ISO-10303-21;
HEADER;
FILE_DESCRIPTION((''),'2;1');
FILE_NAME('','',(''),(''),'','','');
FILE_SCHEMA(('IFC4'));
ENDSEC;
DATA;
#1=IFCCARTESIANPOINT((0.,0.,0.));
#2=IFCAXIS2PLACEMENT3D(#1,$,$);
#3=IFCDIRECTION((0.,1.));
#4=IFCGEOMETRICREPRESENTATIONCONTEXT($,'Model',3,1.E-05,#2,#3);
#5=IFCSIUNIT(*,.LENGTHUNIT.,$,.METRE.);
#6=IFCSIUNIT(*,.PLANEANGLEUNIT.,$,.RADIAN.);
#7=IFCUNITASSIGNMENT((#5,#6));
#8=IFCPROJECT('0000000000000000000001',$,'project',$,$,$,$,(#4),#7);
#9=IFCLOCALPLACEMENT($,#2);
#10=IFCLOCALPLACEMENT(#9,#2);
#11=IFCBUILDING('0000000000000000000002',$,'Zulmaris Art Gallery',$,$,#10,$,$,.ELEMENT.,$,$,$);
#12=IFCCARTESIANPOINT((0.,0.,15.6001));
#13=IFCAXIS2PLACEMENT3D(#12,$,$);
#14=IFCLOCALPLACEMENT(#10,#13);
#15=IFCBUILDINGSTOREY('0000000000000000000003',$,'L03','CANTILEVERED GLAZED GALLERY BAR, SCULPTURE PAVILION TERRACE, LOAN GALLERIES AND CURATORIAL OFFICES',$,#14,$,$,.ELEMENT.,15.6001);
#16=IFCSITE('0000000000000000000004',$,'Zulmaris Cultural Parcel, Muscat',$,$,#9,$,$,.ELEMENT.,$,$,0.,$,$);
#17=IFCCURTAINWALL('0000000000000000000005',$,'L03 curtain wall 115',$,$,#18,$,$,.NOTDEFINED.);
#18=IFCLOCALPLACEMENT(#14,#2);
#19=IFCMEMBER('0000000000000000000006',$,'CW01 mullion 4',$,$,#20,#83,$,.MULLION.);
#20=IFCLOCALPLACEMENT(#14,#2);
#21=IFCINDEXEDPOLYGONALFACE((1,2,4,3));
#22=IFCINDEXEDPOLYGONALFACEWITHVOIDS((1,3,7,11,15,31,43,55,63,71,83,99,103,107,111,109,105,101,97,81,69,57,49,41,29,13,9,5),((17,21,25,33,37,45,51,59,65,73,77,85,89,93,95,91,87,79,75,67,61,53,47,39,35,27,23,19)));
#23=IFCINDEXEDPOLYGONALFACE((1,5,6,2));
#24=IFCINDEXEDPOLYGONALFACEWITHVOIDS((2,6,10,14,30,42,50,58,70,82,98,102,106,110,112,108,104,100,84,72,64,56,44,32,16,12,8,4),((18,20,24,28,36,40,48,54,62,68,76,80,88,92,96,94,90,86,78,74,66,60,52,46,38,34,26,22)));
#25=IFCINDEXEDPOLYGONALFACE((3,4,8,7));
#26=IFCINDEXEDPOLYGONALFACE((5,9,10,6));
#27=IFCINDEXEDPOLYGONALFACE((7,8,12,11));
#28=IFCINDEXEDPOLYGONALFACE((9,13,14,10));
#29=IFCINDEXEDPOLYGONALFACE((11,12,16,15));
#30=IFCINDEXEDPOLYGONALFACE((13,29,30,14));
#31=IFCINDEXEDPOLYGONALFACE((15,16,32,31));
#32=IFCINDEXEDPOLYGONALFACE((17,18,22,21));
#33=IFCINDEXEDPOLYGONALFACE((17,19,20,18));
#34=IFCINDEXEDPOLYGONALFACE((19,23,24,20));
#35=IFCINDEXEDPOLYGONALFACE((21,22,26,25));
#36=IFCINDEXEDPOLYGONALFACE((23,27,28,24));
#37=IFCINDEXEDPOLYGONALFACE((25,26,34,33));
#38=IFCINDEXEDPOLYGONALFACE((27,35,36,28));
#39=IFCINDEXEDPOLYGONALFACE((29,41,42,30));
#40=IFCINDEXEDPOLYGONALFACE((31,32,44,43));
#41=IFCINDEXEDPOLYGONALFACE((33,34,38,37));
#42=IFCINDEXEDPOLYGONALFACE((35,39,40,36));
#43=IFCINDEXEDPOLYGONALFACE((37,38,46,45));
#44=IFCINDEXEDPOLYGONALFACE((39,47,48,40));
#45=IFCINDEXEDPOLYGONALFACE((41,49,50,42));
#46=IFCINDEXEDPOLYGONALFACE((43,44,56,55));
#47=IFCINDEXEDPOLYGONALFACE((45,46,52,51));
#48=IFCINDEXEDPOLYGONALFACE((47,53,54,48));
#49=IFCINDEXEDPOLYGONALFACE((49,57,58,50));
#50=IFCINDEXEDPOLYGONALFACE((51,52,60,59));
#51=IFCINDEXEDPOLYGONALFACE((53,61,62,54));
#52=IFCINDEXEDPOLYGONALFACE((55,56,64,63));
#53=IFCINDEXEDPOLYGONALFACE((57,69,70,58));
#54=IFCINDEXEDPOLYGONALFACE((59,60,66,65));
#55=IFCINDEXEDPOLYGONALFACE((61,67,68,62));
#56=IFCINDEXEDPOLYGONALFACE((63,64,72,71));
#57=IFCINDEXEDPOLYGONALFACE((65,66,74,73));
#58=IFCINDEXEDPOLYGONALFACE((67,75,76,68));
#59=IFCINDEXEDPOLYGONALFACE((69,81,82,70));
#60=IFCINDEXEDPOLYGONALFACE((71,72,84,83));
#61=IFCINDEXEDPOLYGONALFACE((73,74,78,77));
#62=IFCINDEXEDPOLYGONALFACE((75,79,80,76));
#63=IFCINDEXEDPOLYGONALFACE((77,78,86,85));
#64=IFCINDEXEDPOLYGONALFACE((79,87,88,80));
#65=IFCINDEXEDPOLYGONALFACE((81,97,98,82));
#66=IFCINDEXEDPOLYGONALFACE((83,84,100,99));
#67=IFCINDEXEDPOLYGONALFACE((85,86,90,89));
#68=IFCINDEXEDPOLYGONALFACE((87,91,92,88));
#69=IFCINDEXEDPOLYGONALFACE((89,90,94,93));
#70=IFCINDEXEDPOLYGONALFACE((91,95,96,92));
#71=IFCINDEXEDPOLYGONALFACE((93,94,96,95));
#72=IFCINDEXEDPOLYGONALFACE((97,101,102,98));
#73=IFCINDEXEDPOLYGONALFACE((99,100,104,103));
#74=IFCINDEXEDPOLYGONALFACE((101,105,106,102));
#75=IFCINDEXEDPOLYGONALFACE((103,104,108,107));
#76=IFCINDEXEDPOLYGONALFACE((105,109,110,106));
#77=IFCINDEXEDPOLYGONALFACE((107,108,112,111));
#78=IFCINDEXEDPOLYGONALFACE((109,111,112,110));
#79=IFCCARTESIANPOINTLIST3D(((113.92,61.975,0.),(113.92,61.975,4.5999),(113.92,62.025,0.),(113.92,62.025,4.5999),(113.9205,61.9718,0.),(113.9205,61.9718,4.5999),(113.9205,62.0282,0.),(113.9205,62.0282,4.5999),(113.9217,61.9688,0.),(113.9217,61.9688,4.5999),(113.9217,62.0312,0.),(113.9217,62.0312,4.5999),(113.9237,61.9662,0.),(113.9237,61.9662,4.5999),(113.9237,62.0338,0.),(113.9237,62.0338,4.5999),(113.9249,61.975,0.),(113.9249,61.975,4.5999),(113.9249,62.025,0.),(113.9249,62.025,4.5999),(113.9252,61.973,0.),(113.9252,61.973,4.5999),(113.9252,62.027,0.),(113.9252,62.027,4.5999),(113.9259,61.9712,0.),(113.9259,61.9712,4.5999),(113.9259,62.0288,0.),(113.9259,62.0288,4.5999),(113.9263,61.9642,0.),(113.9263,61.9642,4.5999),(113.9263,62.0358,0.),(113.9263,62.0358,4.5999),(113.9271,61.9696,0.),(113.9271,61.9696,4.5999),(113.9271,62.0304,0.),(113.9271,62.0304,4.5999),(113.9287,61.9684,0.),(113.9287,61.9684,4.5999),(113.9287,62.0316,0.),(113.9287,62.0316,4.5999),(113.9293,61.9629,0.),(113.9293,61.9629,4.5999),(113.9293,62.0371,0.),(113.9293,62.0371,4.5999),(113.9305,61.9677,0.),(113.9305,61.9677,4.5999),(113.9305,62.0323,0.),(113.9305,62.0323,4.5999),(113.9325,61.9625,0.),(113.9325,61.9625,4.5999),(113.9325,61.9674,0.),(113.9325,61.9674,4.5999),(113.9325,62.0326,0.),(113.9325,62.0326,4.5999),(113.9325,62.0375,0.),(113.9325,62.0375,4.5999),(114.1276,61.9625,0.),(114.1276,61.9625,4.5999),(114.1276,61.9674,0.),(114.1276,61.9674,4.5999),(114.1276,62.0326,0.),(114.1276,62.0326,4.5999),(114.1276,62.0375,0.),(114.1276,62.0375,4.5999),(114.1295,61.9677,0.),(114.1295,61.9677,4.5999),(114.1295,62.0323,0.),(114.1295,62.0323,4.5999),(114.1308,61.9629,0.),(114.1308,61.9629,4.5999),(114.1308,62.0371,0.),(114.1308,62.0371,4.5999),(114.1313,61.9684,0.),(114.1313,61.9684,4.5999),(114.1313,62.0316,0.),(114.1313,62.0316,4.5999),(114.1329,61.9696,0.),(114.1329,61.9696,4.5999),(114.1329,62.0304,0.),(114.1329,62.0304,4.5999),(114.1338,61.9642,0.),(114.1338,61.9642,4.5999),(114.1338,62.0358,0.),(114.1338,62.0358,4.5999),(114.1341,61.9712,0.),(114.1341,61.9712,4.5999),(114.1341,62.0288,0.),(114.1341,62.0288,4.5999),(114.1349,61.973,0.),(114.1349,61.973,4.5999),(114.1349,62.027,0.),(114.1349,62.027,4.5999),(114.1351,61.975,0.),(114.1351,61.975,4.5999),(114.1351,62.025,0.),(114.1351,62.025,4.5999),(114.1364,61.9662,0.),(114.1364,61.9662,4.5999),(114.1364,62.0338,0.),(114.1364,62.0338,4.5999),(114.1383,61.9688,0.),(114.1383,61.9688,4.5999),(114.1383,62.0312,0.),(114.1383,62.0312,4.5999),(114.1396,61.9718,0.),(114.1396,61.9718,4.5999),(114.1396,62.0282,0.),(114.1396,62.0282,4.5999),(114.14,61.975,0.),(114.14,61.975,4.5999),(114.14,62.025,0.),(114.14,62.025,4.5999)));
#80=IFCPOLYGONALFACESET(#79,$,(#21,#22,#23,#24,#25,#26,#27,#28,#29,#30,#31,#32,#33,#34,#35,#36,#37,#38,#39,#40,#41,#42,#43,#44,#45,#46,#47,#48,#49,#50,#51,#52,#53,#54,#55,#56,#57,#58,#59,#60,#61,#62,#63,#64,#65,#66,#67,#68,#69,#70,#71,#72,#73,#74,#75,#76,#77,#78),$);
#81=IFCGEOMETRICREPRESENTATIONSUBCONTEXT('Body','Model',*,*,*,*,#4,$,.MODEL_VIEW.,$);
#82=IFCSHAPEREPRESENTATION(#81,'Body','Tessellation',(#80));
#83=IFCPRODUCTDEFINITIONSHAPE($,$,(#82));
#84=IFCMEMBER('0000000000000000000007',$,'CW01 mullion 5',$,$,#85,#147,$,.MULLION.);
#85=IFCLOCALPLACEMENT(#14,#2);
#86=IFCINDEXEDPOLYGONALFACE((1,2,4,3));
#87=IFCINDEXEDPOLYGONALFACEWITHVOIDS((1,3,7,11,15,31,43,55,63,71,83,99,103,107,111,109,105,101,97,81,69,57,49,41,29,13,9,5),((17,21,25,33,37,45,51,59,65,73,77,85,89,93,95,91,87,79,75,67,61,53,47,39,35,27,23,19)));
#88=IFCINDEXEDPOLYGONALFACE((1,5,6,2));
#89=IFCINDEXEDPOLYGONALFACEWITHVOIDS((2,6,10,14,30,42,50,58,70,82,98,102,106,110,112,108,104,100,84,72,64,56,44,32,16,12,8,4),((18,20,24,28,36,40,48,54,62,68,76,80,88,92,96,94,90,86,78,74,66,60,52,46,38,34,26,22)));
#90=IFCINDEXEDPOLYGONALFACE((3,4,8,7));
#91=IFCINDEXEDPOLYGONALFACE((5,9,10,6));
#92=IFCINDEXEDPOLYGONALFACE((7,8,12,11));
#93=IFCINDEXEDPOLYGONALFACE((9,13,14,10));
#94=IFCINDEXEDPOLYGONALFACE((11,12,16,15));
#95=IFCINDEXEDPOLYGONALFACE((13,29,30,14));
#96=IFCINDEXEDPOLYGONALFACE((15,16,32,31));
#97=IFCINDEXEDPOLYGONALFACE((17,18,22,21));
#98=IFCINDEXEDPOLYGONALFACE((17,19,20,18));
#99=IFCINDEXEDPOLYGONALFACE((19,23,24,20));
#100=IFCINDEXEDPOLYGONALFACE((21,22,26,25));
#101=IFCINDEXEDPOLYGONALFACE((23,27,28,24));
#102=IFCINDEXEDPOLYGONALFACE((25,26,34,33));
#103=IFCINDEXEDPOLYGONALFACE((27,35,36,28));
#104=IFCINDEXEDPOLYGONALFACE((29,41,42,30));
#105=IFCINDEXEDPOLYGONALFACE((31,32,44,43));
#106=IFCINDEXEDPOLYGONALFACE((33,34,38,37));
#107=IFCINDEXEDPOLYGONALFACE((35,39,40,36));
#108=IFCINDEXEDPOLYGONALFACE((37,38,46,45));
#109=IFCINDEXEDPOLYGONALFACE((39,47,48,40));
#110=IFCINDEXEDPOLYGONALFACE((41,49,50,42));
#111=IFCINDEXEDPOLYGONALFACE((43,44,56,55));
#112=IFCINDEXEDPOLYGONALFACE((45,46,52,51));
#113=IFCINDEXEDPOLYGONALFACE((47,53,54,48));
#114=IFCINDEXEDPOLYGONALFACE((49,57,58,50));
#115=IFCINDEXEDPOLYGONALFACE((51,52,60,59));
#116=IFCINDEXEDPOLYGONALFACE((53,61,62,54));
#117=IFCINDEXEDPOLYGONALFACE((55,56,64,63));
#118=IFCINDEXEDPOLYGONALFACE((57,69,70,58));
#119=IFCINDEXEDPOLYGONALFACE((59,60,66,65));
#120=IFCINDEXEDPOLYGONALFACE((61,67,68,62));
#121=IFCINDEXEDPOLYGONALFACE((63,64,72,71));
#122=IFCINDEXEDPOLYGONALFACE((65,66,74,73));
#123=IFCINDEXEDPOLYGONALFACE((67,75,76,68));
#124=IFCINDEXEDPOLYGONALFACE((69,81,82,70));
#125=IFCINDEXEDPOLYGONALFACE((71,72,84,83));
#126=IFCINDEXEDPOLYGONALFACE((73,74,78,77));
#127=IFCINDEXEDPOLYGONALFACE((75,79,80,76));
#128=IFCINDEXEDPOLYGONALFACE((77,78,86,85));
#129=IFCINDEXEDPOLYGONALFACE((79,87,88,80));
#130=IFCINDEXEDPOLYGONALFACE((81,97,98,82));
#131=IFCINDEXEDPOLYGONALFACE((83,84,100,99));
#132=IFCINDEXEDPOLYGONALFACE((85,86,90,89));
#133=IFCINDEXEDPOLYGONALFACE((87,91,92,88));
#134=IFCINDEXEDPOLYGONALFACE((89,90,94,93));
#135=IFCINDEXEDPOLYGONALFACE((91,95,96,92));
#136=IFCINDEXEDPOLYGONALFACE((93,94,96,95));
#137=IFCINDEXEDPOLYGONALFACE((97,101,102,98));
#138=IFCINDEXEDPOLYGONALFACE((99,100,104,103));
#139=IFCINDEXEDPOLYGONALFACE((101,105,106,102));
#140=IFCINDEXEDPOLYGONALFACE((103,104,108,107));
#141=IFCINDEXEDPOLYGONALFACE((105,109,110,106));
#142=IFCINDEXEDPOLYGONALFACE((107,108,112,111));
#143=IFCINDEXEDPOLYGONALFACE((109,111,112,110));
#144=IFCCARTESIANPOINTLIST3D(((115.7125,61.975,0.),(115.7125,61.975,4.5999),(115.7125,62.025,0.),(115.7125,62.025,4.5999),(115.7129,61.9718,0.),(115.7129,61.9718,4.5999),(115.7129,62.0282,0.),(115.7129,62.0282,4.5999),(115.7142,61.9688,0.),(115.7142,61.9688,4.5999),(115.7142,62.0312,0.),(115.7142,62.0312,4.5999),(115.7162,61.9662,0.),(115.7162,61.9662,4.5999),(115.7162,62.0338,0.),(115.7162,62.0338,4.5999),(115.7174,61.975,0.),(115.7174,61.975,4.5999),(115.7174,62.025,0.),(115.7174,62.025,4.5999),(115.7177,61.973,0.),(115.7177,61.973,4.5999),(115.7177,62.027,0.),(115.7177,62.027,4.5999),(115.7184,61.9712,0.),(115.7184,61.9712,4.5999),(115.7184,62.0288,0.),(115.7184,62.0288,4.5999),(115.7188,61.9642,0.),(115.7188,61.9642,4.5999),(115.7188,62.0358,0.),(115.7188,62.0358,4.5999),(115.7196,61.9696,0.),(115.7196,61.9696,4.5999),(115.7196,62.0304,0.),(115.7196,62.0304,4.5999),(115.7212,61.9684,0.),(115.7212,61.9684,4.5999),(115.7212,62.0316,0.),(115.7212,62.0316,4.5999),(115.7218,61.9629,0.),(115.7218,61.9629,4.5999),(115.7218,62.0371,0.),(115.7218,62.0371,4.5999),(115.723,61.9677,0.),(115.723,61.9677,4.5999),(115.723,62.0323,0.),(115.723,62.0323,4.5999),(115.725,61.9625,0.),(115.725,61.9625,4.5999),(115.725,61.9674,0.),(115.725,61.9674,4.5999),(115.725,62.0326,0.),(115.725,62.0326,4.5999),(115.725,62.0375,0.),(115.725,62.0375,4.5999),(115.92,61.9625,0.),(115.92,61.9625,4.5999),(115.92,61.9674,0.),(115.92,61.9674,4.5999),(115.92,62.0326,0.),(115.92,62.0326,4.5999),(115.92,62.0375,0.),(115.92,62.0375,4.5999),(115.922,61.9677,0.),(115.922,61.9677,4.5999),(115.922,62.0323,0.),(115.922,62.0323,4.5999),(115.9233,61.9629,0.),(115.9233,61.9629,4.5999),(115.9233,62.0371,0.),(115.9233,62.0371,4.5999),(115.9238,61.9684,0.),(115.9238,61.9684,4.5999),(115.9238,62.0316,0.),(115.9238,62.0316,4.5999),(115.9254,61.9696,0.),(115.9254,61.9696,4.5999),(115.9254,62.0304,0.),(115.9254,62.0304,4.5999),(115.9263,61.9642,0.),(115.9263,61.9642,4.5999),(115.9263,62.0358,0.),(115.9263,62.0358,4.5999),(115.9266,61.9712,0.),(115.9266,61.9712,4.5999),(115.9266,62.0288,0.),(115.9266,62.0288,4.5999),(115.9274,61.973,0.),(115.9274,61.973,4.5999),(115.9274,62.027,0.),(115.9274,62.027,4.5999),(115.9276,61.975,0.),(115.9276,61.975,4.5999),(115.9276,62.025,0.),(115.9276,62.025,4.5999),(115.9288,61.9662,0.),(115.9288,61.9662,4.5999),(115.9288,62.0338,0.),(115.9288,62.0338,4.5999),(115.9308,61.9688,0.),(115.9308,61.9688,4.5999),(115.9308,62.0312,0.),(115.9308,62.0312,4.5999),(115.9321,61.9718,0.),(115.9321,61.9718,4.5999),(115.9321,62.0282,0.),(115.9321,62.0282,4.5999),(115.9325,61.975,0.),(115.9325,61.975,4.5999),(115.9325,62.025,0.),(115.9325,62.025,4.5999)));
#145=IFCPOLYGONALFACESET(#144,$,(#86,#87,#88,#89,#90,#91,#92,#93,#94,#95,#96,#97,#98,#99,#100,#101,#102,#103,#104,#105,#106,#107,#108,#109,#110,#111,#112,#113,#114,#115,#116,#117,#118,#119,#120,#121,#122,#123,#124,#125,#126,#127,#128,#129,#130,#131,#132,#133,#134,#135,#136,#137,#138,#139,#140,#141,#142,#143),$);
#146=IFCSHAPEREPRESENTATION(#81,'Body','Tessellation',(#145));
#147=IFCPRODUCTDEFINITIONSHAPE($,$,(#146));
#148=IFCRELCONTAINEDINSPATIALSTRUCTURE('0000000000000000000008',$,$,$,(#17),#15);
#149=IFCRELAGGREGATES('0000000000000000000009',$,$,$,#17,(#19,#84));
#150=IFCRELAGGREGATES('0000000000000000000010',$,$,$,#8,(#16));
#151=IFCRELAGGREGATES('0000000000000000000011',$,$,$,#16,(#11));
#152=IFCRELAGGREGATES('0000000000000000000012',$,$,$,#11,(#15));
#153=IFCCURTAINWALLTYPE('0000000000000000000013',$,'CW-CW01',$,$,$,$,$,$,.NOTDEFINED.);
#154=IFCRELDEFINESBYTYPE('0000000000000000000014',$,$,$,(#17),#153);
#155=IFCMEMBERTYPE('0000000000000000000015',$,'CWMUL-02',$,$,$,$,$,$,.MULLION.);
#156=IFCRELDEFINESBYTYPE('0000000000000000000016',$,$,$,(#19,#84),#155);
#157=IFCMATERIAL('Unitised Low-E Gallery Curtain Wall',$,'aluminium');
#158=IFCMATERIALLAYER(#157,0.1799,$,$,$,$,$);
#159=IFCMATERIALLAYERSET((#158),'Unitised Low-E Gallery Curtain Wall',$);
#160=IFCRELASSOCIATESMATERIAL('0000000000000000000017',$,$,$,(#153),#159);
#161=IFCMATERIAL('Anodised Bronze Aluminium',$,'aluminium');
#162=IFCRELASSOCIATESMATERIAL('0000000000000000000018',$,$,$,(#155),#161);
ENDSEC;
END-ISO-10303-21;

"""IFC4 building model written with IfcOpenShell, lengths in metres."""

from ifc_helpers import new_model, si_unit, direction, frame, origin, origin_2d, place, context, subcontext, project, spatial, hollow_rectangle, extrude, material, layer, layer_set, material_profile, profile_set, type_object, element, aggregate, save


model = new_model("IFC4")

# Units and contexts
model_context = context("Model", 3, precision=1e-05, world=origin(), true_north=direction((0.0, 1.0)))
body_context = subcontext(model_context, "Body", "Model", "MODEL_VIEW")
ifc_project = project(units=[si_unit("LENGTHUNIT", "METRE"), si_unit("PLANEANGLEUNIT", "RADIAN")], contexts=[model_context])

# Site, building, storey
site_placement = place(None, origin())
site = spatial("IfcSite", under=ifc_project, at=site_placement, Name="Zulmaris Cultural Parcel, Muscat", CompositionType="ELEMENT", RefElevation=0.0)
building_placement = place(site_placement, origin())
building = spatial("IfcBuilding", under=site, at=building_placement, Name="Zulmaris Art Gallery", CompositionType="ELEMENT")
storey_placement = place(building_placement, frame((0.0, 0.0, 15.6001)))
storey = spatial("IfcBuildingStorey", under=building, at=storey_placement, Name="L03", Description="CANTILEVERED GLAZED GALLERY BAR, SCULPTURE PAVILION TERRACE, LOAN GALLERIES AND CURATORIAL OFFICES", CompositionType="ELEMENT", Elevation=15.6001)

# Curtain wall, members
ifc_material_1 = material(Name="Unitised Low-E Gallery Curtain Wall", Category="aluminium")
ifc_layer_1 = layer(ifc_material_1, 0.1799)
ifc_layer_set_1 = layer_set([ifc_layer_1], Name="Unitised Low-E Gallery Curtain Wall")
curtain_wall_type = type_object("IfcCurtainWallType", Name="CW-CW01", PredefinedType="NOTDEFINED", material=ifc_layer_set_1)
curtain_wall_1_placement = place(storey_placement, origin())
curtain_wall_1 = element("IfcCurtainWall", 1, at=curtain_wall_1_placement, inside=storey, type_object=curtain_wall_type, Name="L03 curtain wall 115", PredefinedType="NOTDEFINED")
ifc_material_2 = material(Name="Anodised Bronze Aluminium", Category="aluminium")
ifc_material_profile_1 = material_profile(ifc_material_2, hollow_rectangle(XDim=0.075, YDim=0.22, WallThickness=0.0049, InnerFilletRadius=0.0076, OuterFilletRadius=0.0125, at=origin_2d()), Name="ALU 75x220x5")
ifc_profile_set_1 = profile_set([ifc_material_profile_1], Name="Anodised Bronze Aluminium")
member_type_1 = type_object("IfcMemberType", Name="CWMUL-02", PredefinedType="MULLION", material=ifc_profile_set_1)
member_1_placement = place(storey_placement, frame((114.03, 62.0, 0.0), z_axis=(0.0, 0.0, 1.0), x_axis=(0.0, 1.0, 0.0)))
member_1 = element("IfcMember", 2, at=member_1_placement, type_object=member_type_1, Name="CW01 mullion 4", PredefinedType="MULLION", context=body_context, shape_type="SweptSolid", body=[
    extrude(hollow_rectangle(XDim=0.075, YDim=0.22, WallThickness=0.0049, InnerFilletRadius=0.0076, OuterFilletRadius=0.0125, at=origin_2d()), origin(), (0.0, 0.0, 1.0), 4.5999),
])
member_2_placement = place(storey_placement, frame((115.8225, 62.0, 0.0), z_axis=(0.0, 0.0, 1.0), x_axis=(0.0, 1.0, 0.0)))
member_2 = element("IfcMember", 3, at=member_2_placement, type_object=member_type_1, Name="CW01 mullion 5", PredefinedType="MULLION", context=body_context, shape_type="SweptSolid", body=[
    extrude(hollow_rectangle(XDim=0.075, YDim=0.22, WallThickness=0.0049, InnerFilletRadius=0.0076, OuterFilletRadius=0.0125, at=origin_2d()), origin(), (0.0, 0.0, 1.0), 4.5999),
])

aggregate(curtain_wall_1, [member_1, member_2])

save(model, "model.ifc")
